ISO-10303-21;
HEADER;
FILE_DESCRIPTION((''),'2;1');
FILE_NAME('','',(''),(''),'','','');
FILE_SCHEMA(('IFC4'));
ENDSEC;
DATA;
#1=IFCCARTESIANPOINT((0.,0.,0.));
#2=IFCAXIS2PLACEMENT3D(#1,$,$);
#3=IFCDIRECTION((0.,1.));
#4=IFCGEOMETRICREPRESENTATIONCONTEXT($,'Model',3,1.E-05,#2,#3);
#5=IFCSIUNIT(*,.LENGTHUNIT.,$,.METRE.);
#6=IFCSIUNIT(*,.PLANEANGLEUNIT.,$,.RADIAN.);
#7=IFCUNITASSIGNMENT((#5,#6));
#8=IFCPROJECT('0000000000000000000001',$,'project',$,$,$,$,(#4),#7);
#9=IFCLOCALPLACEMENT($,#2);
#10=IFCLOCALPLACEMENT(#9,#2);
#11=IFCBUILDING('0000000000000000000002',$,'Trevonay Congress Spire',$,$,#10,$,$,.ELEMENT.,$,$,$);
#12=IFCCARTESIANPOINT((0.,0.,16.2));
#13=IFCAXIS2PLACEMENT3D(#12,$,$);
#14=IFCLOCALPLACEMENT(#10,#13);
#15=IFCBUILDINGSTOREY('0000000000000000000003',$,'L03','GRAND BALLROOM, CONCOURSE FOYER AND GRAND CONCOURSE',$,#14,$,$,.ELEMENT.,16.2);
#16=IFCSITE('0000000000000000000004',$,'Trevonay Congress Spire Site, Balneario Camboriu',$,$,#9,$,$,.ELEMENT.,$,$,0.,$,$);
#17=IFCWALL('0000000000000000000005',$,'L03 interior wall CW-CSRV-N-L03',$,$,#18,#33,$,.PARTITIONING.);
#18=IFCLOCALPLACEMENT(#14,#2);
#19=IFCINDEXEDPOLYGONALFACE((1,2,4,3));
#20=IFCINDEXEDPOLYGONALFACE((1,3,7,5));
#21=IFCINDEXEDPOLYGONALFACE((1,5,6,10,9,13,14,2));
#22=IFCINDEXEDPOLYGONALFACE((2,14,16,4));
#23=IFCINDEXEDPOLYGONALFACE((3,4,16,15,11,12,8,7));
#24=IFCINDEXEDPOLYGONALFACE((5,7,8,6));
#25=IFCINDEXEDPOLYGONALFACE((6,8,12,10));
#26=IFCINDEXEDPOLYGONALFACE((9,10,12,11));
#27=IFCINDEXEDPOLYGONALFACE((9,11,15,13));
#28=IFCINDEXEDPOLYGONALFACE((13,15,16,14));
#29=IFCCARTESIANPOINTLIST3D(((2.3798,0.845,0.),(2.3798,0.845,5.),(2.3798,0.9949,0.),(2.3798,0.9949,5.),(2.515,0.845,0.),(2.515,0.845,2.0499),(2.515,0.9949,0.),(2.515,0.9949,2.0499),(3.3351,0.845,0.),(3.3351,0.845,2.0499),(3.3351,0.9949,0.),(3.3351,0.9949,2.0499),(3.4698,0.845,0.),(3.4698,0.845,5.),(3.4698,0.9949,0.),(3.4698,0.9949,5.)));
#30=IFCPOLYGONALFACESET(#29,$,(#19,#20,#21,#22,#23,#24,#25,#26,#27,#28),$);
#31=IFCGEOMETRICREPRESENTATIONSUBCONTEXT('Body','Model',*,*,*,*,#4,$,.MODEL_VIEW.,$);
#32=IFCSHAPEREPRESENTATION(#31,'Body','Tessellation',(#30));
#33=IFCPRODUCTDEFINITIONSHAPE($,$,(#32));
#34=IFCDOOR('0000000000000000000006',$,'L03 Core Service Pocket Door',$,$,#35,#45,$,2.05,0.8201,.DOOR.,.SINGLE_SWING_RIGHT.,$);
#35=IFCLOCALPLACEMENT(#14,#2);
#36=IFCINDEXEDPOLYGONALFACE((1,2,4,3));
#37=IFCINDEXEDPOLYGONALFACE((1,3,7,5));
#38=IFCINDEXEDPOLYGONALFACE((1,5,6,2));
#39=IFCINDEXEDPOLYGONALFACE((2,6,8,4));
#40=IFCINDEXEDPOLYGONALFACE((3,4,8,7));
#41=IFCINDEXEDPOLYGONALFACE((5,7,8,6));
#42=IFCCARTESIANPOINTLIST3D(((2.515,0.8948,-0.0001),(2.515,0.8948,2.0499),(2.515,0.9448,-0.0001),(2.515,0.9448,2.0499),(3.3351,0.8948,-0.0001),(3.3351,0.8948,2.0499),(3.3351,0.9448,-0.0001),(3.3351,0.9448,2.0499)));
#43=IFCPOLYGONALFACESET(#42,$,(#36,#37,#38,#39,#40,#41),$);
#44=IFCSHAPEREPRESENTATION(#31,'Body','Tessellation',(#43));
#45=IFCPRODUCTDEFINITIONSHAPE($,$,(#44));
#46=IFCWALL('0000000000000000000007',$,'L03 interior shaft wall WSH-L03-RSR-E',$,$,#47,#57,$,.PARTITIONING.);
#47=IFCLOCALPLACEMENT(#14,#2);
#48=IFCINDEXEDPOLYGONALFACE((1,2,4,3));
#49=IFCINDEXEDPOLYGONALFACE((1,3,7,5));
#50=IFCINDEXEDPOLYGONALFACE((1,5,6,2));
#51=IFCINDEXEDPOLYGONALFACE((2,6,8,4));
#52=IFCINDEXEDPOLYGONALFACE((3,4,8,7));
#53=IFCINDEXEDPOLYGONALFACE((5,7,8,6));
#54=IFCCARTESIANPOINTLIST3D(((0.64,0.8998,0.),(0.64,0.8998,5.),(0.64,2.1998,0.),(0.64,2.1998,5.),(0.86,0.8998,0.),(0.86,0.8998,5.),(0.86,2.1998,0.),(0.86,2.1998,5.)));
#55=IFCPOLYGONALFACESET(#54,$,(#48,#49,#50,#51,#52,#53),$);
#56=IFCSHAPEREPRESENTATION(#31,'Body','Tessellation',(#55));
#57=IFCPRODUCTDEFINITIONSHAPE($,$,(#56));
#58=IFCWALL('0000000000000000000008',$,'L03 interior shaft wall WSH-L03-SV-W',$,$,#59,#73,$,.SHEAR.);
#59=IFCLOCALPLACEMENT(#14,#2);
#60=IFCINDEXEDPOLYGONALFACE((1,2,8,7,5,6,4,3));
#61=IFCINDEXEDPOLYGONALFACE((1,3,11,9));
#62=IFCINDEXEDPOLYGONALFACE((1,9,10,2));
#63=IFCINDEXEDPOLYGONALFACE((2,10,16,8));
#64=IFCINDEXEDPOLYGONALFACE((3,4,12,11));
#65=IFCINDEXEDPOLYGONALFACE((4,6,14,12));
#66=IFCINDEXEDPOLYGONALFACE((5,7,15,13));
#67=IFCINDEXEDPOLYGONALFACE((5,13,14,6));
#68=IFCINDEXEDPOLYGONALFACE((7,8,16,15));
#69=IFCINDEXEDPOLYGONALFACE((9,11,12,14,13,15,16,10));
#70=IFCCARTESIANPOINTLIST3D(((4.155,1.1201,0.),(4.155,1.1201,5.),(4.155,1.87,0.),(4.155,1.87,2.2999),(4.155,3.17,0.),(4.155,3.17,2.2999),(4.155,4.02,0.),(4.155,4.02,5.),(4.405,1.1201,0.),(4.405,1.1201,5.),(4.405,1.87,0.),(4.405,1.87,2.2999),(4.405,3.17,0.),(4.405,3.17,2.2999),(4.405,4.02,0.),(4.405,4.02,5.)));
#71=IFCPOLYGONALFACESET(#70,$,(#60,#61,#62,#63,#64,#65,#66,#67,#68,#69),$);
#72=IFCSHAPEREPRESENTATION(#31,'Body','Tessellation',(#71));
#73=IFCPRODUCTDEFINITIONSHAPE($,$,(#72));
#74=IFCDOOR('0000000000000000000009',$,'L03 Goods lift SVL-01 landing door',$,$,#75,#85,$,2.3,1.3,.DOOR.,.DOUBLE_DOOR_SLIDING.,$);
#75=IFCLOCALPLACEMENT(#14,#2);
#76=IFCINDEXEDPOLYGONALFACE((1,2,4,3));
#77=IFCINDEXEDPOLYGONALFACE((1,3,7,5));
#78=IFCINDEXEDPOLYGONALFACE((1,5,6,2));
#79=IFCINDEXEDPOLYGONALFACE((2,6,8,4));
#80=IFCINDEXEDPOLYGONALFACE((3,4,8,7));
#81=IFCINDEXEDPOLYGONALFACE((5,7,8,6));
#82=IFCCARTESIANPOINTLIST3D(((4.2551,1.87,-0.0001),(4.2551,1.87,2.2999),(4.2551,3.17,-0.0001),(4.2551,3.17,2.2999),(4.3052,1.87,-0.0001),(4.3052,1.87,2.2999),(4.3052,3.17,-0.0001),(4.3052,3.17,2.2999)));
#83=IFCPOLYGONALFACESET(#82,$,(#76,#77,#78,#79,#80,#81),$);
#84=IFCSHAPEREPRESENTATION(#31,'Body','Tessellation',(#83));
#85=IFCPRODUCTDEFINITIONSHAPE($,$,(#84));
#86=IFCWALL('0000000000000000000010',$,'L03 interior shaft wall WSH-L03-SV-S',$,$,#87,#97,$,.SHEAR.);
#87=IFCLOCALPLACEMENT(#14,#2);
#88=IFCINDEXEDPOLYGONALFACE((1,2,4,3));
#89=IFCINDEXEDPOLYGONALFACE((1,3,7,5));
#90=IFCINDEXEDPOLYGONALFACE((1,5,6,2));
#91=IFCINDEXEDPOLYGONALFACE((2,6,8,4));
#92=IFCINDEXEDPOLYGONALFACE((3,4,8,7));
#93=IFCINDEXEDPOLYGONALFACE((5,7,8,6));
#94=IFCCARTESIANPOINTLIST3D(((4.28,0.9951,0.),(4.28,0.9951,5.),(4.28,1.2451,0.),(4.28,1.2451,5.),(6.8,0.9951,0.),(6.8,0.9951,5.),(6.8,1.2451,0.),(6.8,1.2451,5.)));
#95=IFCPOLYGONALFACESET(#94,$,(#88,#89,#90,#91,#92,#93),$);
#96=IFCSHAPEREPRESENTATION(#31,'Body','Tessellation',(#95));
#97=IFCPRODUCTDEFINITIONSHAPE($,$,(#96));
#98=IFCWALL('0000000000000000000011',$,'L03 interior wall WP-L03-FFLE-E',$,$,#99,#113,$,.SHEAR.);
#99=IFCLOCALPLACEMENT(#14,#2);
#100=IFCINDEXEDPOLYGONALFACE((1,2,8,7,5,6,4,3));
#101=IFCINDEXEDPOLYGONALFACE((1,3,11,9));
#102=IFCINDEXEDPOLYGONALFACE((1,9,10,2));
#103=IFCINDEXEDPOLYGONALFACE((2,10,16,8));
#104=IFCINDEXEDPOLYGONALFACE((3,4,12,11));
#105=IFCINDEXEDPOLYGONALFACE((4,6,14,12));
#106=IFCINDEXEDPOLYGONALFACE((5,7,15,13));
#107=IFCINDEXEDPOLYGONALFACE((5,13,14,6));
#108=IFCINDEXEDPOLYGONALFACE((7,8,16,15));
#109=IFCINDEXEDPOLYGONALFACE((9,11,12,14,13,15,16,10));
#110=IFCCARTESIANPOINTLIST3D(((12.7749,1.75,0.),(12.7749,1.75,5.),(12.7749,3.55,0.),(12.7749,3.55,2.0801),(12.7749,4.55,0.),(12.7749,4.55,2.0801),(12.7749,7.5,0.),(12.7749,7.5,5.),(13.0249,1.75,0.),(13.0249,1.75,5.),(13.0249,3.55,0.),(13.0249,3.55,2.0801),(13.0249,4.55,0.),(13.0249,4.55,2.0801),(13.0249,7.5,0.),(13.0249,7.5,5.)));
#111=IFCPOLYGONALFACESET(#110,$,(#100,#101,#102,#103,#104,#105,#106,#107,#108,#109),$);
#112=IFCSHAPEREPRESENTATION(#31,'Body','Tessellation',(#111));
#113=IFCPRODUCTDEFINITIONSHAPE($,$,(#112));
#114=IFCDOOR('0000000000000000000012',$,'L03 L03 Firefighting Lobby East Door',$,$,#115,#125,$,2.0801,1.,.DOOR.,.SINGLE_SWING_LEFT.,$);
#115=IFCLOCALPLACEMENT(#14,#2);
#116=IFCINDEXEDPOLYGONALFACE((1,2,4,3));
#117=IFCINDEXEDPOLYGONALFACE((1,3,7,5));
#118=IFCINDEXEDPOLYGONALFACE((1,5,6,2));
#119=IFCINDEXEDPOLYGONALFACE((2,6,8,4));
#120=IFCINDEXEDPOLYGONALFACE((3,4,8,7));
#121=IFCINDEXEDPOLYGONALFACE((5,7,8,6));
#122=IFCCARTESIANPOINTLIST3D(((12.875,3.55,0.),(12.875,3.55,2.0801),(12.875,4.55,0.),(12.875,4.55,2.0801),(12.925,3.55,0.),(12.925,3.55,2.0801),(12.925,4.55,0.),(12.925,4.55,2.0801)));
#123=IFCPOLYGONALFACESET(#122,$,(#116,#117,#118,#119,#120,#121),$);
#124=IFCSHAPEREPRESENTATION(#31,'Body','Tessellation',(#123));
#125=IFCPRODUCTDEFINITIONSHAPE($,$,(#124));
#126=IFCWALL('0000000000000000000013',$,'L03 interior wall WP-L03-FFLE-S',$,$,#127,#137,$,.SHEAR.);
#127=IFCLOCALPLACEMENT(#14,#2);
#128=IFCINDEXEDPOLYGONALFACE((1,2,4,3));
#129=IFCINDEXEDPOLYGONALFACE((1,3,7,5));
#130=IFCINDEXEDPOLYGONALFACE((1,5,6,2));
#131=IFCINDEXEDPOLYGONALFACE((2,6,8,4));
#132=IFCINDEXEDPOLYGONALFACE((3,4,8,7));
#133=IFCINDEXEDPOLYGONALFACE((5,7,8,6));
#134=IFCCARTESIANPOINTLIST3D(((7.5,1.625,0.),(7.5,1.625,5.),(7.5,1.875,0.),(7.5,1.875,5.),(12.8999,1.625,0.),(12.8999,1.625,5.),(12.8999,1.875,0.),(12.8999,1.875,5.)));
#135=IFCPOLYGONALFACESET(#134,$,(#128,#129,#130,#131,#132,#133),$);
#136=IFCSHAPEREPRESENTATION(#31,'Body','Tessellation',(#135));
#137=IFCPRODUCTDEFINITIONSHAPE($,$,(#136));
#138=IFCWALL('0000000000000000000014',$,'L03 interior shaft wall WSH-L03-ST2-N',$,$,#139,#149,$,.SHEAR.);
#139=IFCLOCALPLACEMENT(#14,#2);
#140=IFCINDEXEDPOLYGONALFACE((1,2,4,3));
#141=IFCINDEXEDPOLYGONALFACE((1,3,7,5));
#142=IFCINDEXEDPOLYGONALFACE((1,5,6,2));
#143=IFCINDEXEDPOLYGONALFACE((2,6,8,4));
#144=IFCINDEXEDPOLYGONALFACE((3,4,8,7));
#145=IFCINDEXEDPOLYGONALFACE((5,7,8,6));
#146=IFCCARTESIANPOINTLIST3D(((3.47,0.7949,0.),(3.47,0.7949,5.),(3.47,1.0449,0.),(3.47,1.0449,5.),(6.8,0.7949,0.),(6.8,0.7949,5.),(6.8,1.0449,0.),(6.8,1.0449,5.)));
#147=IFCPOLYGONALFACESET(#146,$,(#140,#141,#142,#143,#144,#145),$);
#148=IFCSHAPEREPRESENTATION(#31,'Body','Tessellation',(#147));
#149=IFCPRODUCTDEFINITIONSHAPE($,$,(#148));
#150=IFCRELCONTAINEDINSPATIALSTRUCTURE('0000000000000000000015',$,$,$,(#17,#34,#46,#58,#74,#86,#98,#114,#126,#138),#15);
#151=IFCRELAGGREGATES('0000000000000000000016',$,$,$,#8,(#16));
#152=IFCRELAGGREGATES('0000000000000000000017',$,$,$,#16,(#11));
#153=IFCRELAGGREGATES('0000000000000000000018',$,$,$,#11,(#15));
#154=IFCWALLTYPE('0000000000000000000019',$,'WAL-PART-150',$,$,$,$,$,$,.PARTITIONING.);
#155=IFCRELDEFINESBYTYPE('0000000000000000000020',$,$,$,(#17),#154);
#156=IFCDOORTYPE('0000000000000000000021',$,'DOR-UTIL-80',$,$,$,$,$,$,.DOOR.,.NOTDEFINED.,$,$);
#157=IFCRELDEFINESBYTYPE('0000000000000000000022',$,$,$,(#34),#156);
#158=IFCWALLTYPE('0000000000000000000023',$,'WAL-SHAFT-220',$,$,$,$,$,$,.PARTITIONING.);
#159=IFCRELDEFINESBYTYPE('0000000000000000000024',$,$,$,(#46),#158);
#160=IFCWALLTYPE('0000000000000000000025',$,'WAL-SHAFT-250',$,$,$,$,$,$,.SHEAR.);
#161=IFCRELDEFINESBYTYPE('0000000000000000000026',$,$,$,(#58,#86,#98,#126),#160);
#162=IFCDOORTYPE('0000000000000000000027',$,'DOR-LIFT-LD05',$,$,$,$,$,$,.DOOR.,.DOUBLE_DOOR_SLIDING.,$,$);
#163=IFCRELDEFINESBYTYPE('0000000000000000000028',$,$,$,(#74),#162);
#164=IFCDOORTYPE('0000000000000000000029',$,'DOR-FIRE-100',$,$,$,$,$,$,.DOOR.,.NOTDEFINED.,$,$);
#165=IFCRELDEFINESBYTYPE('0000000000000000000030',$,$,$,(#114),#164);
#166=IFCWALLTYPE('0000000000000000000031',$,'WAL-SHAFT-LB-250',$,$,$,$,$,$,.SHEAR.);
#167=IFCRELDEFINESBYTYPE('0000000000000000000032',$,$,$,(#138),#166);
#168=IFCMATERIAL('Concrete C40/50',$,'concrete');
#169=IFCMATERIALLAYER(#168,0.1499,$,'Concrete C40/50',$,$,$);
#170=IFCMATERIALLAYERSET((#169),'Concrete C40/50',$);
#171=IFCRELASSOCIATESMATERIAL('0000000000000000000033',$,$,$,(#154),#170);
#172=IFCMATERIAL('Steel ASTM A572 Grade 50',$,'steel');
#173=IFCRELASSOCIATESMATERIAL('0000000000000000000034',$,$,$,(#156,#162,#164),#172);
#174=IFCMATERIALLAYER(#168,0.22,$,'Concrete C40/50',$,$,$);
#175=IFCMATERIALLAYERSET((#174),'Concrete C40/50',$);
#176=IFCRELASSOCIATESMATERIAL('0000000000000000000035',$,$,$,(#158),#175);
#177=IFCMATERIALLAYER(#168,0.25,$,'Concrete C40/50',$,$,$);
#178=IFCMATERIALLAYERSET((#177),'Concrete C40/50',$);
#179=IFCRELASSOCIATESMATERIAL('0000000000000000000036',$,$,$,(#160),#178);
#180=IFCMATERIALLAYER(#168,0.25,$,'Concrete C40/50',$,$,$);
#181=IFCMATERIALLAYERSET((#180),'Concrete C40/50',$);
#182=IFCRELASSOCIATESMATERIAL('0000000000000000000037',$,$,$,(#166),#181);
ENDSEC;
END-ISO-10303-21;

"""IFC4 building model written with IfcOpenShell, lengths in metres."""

from ifc_helpers import new_model, si_unit, direction, frame, frame_2d, origin, place, context, subcontext, project, spatial, rectangle, extrude, material, layer, layer_set, type_object, element, fill, save


model = new_model("IFC4")

# Units and contexts
model_context = context("Model", 3, precision=1e-05, world=origin(), true_north=direction((0.0, 1.0)))
body_context = subcontext(model_context, "Body", "Model", "MODEL_VIEW")
ifc_project = project(units=[si_unit("LENGTHUNIT", "METRE"), si_unit("PLANEANGLEUNIT", "RADIAN")], contexts=[model_context])

# Site, building, storey
site_placement = place(None, origin())
site = spatial("IfcSite", under=ifc_project, at=site_placement, Name="Trevonay Congress Spire Site, Balneario Camboriu", CompositionType="ELEMENT", RefElevation=0.0)
building_placement = place(site_placement, origin())
building = spatial("IfcBuilding", under=site, at=building_placement, Name="Trevonay Congress Spire", CompositionType="ELEMENT")
storey_placement = place(building_placement, frame((0.0, 0.0, 16.2)))
storey = spatial("IfcBuildingStorey", under=building, at=storey_placement, Name="L03", Description="GRAND BALLROOM, CONCOURSE FOYER AND GRAND CONCOURSE", CompositionType="ELEMENT", Elevation=16.2)

# Shared definitions
ifc_material_1 = material(Name="Steel ASTM A572 Grade 50", Category="steel")

# Wall, opening, door
ifc_material_2 = material(Name="Concrete C40/50", Category="concrete")
ifc_layer_1 = layer(ifc_material_2, 0.1499, Name="Concrete C40/50")
ifc_layer_set_1 = layer_set([ifc_layer_1], Name="Concrete C40/50")
wall_type_1 = type_object("IfcWallType", Name="WAL-PART-150", PredefinedType="PARTITIONING", material=ifc_layer_set_1)
wall_1_placement = place(storey_placement, frame((2.3799, 0.9199, 0.0), z_axis=(0.0, 0.0, 1.0), x_axis=(1.0, 0.0, 0.0)))
wall_1 = element("IfcWall", 1, at=wall_1_placement, inside=storey, type_object=wall_type_1, Name="L03 interior wall CW-CSRV-N-L03", PredefinedType="PARTITIONING", context=body_context, shape_type="SweptSolid", body=[
    extrude(rectangle(XDim=1.0901, YDim=0.1499, at=frame_2d((0.5449, 0.0))), origin(), (0.0, 0.0, 1.0), 5.0),
])
opening_1_placement = place(wall_1_placement, frame((0.135, 0.0, 0.0)))
opening_1 = element("IfcOpeningElement", 2, at=opening_1_placement, cuts=wall_1, PredefinedType="OPENING", context=body_context, shape_type="SweptSolid", body=[
    extrude(rectangle(XDim=0.8201, YDim=2.05, at=frame_2d((0.4102, 1.0249))), frame((0.0, 0.085, 0.0), z_axis=(0.0, -1.0, 0.0), x_axis=(1.0, 0.0, 0.0)), (0.0, 0.0, 1.0), 0.1699),
])
door_type_1 = type_object("IfcDoorType", Name="DOR-UTIL-80", OperationType="NOTDEFINED", PredefinedType="DOOR", material=ifc_material_1)
door_1_placement = place(opening_1_placement, origin())
door_1 = element("IfcDoor", 3, at=door_1_placement, inside=storey, type_object=door_type_1, Name="L03 Core Service Pocket Door", OperationType="SINGLE_SWING_RIGHT", OverallHeight=2.05, OverallWidth=0.8201, PredefinedType="DOOR", context=body_context, shape_type="SweptSolid", body=[
    extrude(rectangle(XDim=0.8201, YDim=2.05, at=frame_2d((0.4102, 1.0249))), frame((0.0, 0.0249, 0.0), z_axis=(0.0, -1.0, 0.0), x_axis=(1.0, 0.0, 0.0)), (0.0, 0.0, 1.0), 0.05),
])
fill(opening_1, door_1)

# Wall
ifc_layer_2 = layer(ifc_material_2, 0.22, Name="Concrete C40/50")
ifc_layer_set_2 = layer_set([ifc_layer_2], Name="Concrete C40/50")
wall_type_2 = type_object("IfcWallType", Name="WAL-SHAFT-220", PredefinedType="PARTITIONING", material=ifc_layer_set_2)
wall_2_placement = place(storey_placement, frame((0.75, 0.8999, 0.0), z_axis=(0.0, 0.0, 1.0), x_axis=(0.0, 1.0, 0.0)))
element("IfcWall", 4, at=wall_2_placement, inside=storey, type_object=wall_type_2, Name="L03 interior shaft wall WSH-L03-RSR-E", PredefinedType="PARTITIONING", context=body_context, shape_type="SweptSolid", body=[
    extrude(rectangle(XDim=1.3, YDim=0.22, at=frame_2d((0.6499, 0.0))), origin(), (0.0, 0.0, 1.0), 5.0),
])

# Wall, opening, door
ifc_layer_3 = layer(ifc_material_2, 0.25, Name="Concrete C40/50")
ifc_layer_set_3 = layer_set([ifc_layer_3], Name="Concrete C40/50")
wall_type_3 = type_object("IfcWallType", Name="WAL-SHAFT-250", PredefinedType="SHEAR", material=ifc_layer_set_3)
wall_3_placement = place(storey_placement, frame((4.28, 1.1201, 0.0), z_axis=(0.0, 0.0, 1.0), x_axis=(0.0, 1.0, 0.0)))
wall_3 = element("IfcWall", 5, at=wall_3_placement, inside=storey, type_object=wall_type_3, Name="L03 interior shaft wall WSH-L03-SV-W", PredefinedType="SHEAR", context=body_context, shape_type="SweptSolid", body=[
    extrude(rectangle(XDim=2.8999, YDim=0.25, at=frame_2d((1.45, 0.0))), origin(), (0.0, 0.0, 1.0), 5.0),
])
opening_2_placement = place(wall_3_placement, frame((0.75, 0.0, 0.0)))
opening_2 = element("IfcOpeningElement", 6, at=opening_2_placement, cuts=wall_3, PredefinedType="OPENING", context=body_context, shape_type="SweptSolid", body=[
    extrude(rectangle(XDim=1.3, YDim=2.3, at=frame_2d((0.6499, 1.1499))), frame((0.0, 0.135, 0.0), z_axis=(0.0, -1.0, 0.0), x_axis=(1.0, 0.0, 0.0)), (0.0, 0.0, 1.0), 0.27),
])
door_type_2 = type_object("IfcDoorType", Name="DOR-LIFT-LD05", OperationType="DOUBLE_DOOR_SLIDING", PredefinedType="DOOR", material=ifc_material_1)
door_2_placement = place(opening_2_placement, origin())
door_2 = element("IfcDoor", 7, at=door_2_placement, inside=storey, type_object=door_type_2, Name="L03 Goods lift SVL-01 landing door", OperationType="DOUBLE_DOOR_SLIDING", OverallHeight=2.3, OverallWidth=1.3, PredefinedType="DOOR", context=body_context, shape_type="SweptSolid", body=[
    extrude(rectangle(XDim=1.3, YDim=2.3, at=frame_2d((0.6499, 1.1499))), frame((0.0, 0.0249, 0.0), z_axis=(0.0, -1.0, 0.0), x_axis=(1.0, 0.0, 0.0)), (0.0, 0.0, 1.0), 0.05),
])
fill(opening_2, door_2)

# Wall
wall_4_placement = place(storey_placement, frame((4.28, 1.1201, 0.0), z_axis=(0.0, 0.0, 1.0), x_axis=(1.0, 0.0, 0.0)))
element("IfcWall", 8, at=wall_4_placement, inside=storey, type_object=wall_type_3, Name="L03 interior shaft wall WSH-L03-SV-S", PredefinedType="SHEAR", context=body_context, shape_type="SweptSolid", body=[
    extrude(rectangle(XDim=2.52, YDim=0.25, at=frame_2d((1.26, 0.0))), origin(), (0.0, 0.0, 1.0), 5.0),
])

# Wall, opening, door
wall_5_placement = place(storey_placement, frame((12.8999, 1.75, 0.0), z_axis=(0.0, 0.0, 1.0), x_axis=(0.0, 1.0, 0.0)))
wall_5 = element("IfcWall", 9, at=wall_5_placement, inside=storey, type_object=wall_type_3, Name="L03 interior wall WP-L03-FFLE-E", PredefinedType="SHEAR", context=body_context, shape_type="SweptSolid", body=[
    extrude(rectangle(XDim=5.75, YDim=0.25, at=frame_2d((2.875, 0.0))), origin(), (0.0, 0.0, 1.0), 5.0),
])
opening_3_placement = place(wall_5_placement, frame((1.8, 0.0, 0.0)))
opening_3 = element("IfcOpeningElement", 10, at=opening_3_placement, cuts=wall_5, PredefinedType="OPENING", context=body_context, shape_type="SweptSolid", body=[
    extrude(rectangle(XDim=1.0, YDim=2.0801, at=frame_2d((0.5, 1.04))), frame((0.0, 0.135, 0.0), z_axis=(0.0, -1.0, 0.0), x_axis=(1.0, 0.0, 0.0)), (0.0, 0.0, 1.0), 0.27),
])
door_type_3 = type_object("IfcDoorType", Name="DOR-FIRE-100", OperationType="NOTDEFINED", PredefinedType="DOOR", material=ifc_material_1)
door_3_placement = place(opening_3_placement, origin())
door_3 = element("IfcDoor", 11, at=door_3_placement, inside=storey, type_object=door_type_3, Name="L03 L03 Firefighting Lobby East Door", OperationType="SINGLE_SWING_LEFT", OverallHeight=2.0801, OverallWidth=1.0, PredefinedType="DOOR", context=body_context, shape_type="SweptSolid", body=[
    extrude(rectangle(XDim=1.0, YDim=2.0801, at=frame_2d((0.5, 1.04))), frame((0.0, 0.0249, 0.0), z_axis=(0.0, -1.0, 0.0), x_axis=(1.0, 0.0, 0.0)), (0.0, 0.0, 1.0), 0.05),
])
fill(opening_3, door_3)

# Walls
wall_6_placement = place(storey_placement, frame((7.5, 1.75, 0.0), z_axis=(0.0, 0.0, 1.0), x_axis=(1.0, 0.0, 0.0)))
element("IfcWall", 12, at=wall_6_placement, inside=storey, type_object=wall_type_3, Name="L03 interior wall WP-L03-FFLE-S", PredefinedType="SHEAR", context=body_context, shape_type="SweptSolid", body=[
    extrude(rectangle(XDim=5.3999, YDim=0.25, at=frame_2d((2.7, 0.0))), origin(), (0.0, 0.0, 1.0), 5.0),
])
ifc_layer_4 = layer(ifc_material_2, 0.25, Name="Concrete C40/50")
ifc_layer_set_4 = layer_set([ifc_layer_4], Name="Concrete C40/50")
wall_type_4 = type_object("IfcWallType", Name="WAL-SHAFT-LB-250", PredefinedType="SHEAR", material=ifc_layer_set_4)
wall_7_placement = place(storey_placement, frame((3.47, 0.9199, 0.0), z_axis=(0.0, 0.0, 1.0), x_axis=(1.0, 0.0, 0.0)))
element("IfcWall", 13, at=wall_7_placement, inside=storey, type_object=wall_type_4, Name="L03 interior shaft wall WSH-L03-ST2-N", PredefinedType="SHEAR", context=body_context, shape_type="SweptSolid", body=[
    extrude(rectangle(XDim=3.3301, YDim=0.25, at=frame_2d((1.665, 0.0))), origin(), (0.0, 0.0, 1.0), 5.0),
])

save(model, "model.ifc")
